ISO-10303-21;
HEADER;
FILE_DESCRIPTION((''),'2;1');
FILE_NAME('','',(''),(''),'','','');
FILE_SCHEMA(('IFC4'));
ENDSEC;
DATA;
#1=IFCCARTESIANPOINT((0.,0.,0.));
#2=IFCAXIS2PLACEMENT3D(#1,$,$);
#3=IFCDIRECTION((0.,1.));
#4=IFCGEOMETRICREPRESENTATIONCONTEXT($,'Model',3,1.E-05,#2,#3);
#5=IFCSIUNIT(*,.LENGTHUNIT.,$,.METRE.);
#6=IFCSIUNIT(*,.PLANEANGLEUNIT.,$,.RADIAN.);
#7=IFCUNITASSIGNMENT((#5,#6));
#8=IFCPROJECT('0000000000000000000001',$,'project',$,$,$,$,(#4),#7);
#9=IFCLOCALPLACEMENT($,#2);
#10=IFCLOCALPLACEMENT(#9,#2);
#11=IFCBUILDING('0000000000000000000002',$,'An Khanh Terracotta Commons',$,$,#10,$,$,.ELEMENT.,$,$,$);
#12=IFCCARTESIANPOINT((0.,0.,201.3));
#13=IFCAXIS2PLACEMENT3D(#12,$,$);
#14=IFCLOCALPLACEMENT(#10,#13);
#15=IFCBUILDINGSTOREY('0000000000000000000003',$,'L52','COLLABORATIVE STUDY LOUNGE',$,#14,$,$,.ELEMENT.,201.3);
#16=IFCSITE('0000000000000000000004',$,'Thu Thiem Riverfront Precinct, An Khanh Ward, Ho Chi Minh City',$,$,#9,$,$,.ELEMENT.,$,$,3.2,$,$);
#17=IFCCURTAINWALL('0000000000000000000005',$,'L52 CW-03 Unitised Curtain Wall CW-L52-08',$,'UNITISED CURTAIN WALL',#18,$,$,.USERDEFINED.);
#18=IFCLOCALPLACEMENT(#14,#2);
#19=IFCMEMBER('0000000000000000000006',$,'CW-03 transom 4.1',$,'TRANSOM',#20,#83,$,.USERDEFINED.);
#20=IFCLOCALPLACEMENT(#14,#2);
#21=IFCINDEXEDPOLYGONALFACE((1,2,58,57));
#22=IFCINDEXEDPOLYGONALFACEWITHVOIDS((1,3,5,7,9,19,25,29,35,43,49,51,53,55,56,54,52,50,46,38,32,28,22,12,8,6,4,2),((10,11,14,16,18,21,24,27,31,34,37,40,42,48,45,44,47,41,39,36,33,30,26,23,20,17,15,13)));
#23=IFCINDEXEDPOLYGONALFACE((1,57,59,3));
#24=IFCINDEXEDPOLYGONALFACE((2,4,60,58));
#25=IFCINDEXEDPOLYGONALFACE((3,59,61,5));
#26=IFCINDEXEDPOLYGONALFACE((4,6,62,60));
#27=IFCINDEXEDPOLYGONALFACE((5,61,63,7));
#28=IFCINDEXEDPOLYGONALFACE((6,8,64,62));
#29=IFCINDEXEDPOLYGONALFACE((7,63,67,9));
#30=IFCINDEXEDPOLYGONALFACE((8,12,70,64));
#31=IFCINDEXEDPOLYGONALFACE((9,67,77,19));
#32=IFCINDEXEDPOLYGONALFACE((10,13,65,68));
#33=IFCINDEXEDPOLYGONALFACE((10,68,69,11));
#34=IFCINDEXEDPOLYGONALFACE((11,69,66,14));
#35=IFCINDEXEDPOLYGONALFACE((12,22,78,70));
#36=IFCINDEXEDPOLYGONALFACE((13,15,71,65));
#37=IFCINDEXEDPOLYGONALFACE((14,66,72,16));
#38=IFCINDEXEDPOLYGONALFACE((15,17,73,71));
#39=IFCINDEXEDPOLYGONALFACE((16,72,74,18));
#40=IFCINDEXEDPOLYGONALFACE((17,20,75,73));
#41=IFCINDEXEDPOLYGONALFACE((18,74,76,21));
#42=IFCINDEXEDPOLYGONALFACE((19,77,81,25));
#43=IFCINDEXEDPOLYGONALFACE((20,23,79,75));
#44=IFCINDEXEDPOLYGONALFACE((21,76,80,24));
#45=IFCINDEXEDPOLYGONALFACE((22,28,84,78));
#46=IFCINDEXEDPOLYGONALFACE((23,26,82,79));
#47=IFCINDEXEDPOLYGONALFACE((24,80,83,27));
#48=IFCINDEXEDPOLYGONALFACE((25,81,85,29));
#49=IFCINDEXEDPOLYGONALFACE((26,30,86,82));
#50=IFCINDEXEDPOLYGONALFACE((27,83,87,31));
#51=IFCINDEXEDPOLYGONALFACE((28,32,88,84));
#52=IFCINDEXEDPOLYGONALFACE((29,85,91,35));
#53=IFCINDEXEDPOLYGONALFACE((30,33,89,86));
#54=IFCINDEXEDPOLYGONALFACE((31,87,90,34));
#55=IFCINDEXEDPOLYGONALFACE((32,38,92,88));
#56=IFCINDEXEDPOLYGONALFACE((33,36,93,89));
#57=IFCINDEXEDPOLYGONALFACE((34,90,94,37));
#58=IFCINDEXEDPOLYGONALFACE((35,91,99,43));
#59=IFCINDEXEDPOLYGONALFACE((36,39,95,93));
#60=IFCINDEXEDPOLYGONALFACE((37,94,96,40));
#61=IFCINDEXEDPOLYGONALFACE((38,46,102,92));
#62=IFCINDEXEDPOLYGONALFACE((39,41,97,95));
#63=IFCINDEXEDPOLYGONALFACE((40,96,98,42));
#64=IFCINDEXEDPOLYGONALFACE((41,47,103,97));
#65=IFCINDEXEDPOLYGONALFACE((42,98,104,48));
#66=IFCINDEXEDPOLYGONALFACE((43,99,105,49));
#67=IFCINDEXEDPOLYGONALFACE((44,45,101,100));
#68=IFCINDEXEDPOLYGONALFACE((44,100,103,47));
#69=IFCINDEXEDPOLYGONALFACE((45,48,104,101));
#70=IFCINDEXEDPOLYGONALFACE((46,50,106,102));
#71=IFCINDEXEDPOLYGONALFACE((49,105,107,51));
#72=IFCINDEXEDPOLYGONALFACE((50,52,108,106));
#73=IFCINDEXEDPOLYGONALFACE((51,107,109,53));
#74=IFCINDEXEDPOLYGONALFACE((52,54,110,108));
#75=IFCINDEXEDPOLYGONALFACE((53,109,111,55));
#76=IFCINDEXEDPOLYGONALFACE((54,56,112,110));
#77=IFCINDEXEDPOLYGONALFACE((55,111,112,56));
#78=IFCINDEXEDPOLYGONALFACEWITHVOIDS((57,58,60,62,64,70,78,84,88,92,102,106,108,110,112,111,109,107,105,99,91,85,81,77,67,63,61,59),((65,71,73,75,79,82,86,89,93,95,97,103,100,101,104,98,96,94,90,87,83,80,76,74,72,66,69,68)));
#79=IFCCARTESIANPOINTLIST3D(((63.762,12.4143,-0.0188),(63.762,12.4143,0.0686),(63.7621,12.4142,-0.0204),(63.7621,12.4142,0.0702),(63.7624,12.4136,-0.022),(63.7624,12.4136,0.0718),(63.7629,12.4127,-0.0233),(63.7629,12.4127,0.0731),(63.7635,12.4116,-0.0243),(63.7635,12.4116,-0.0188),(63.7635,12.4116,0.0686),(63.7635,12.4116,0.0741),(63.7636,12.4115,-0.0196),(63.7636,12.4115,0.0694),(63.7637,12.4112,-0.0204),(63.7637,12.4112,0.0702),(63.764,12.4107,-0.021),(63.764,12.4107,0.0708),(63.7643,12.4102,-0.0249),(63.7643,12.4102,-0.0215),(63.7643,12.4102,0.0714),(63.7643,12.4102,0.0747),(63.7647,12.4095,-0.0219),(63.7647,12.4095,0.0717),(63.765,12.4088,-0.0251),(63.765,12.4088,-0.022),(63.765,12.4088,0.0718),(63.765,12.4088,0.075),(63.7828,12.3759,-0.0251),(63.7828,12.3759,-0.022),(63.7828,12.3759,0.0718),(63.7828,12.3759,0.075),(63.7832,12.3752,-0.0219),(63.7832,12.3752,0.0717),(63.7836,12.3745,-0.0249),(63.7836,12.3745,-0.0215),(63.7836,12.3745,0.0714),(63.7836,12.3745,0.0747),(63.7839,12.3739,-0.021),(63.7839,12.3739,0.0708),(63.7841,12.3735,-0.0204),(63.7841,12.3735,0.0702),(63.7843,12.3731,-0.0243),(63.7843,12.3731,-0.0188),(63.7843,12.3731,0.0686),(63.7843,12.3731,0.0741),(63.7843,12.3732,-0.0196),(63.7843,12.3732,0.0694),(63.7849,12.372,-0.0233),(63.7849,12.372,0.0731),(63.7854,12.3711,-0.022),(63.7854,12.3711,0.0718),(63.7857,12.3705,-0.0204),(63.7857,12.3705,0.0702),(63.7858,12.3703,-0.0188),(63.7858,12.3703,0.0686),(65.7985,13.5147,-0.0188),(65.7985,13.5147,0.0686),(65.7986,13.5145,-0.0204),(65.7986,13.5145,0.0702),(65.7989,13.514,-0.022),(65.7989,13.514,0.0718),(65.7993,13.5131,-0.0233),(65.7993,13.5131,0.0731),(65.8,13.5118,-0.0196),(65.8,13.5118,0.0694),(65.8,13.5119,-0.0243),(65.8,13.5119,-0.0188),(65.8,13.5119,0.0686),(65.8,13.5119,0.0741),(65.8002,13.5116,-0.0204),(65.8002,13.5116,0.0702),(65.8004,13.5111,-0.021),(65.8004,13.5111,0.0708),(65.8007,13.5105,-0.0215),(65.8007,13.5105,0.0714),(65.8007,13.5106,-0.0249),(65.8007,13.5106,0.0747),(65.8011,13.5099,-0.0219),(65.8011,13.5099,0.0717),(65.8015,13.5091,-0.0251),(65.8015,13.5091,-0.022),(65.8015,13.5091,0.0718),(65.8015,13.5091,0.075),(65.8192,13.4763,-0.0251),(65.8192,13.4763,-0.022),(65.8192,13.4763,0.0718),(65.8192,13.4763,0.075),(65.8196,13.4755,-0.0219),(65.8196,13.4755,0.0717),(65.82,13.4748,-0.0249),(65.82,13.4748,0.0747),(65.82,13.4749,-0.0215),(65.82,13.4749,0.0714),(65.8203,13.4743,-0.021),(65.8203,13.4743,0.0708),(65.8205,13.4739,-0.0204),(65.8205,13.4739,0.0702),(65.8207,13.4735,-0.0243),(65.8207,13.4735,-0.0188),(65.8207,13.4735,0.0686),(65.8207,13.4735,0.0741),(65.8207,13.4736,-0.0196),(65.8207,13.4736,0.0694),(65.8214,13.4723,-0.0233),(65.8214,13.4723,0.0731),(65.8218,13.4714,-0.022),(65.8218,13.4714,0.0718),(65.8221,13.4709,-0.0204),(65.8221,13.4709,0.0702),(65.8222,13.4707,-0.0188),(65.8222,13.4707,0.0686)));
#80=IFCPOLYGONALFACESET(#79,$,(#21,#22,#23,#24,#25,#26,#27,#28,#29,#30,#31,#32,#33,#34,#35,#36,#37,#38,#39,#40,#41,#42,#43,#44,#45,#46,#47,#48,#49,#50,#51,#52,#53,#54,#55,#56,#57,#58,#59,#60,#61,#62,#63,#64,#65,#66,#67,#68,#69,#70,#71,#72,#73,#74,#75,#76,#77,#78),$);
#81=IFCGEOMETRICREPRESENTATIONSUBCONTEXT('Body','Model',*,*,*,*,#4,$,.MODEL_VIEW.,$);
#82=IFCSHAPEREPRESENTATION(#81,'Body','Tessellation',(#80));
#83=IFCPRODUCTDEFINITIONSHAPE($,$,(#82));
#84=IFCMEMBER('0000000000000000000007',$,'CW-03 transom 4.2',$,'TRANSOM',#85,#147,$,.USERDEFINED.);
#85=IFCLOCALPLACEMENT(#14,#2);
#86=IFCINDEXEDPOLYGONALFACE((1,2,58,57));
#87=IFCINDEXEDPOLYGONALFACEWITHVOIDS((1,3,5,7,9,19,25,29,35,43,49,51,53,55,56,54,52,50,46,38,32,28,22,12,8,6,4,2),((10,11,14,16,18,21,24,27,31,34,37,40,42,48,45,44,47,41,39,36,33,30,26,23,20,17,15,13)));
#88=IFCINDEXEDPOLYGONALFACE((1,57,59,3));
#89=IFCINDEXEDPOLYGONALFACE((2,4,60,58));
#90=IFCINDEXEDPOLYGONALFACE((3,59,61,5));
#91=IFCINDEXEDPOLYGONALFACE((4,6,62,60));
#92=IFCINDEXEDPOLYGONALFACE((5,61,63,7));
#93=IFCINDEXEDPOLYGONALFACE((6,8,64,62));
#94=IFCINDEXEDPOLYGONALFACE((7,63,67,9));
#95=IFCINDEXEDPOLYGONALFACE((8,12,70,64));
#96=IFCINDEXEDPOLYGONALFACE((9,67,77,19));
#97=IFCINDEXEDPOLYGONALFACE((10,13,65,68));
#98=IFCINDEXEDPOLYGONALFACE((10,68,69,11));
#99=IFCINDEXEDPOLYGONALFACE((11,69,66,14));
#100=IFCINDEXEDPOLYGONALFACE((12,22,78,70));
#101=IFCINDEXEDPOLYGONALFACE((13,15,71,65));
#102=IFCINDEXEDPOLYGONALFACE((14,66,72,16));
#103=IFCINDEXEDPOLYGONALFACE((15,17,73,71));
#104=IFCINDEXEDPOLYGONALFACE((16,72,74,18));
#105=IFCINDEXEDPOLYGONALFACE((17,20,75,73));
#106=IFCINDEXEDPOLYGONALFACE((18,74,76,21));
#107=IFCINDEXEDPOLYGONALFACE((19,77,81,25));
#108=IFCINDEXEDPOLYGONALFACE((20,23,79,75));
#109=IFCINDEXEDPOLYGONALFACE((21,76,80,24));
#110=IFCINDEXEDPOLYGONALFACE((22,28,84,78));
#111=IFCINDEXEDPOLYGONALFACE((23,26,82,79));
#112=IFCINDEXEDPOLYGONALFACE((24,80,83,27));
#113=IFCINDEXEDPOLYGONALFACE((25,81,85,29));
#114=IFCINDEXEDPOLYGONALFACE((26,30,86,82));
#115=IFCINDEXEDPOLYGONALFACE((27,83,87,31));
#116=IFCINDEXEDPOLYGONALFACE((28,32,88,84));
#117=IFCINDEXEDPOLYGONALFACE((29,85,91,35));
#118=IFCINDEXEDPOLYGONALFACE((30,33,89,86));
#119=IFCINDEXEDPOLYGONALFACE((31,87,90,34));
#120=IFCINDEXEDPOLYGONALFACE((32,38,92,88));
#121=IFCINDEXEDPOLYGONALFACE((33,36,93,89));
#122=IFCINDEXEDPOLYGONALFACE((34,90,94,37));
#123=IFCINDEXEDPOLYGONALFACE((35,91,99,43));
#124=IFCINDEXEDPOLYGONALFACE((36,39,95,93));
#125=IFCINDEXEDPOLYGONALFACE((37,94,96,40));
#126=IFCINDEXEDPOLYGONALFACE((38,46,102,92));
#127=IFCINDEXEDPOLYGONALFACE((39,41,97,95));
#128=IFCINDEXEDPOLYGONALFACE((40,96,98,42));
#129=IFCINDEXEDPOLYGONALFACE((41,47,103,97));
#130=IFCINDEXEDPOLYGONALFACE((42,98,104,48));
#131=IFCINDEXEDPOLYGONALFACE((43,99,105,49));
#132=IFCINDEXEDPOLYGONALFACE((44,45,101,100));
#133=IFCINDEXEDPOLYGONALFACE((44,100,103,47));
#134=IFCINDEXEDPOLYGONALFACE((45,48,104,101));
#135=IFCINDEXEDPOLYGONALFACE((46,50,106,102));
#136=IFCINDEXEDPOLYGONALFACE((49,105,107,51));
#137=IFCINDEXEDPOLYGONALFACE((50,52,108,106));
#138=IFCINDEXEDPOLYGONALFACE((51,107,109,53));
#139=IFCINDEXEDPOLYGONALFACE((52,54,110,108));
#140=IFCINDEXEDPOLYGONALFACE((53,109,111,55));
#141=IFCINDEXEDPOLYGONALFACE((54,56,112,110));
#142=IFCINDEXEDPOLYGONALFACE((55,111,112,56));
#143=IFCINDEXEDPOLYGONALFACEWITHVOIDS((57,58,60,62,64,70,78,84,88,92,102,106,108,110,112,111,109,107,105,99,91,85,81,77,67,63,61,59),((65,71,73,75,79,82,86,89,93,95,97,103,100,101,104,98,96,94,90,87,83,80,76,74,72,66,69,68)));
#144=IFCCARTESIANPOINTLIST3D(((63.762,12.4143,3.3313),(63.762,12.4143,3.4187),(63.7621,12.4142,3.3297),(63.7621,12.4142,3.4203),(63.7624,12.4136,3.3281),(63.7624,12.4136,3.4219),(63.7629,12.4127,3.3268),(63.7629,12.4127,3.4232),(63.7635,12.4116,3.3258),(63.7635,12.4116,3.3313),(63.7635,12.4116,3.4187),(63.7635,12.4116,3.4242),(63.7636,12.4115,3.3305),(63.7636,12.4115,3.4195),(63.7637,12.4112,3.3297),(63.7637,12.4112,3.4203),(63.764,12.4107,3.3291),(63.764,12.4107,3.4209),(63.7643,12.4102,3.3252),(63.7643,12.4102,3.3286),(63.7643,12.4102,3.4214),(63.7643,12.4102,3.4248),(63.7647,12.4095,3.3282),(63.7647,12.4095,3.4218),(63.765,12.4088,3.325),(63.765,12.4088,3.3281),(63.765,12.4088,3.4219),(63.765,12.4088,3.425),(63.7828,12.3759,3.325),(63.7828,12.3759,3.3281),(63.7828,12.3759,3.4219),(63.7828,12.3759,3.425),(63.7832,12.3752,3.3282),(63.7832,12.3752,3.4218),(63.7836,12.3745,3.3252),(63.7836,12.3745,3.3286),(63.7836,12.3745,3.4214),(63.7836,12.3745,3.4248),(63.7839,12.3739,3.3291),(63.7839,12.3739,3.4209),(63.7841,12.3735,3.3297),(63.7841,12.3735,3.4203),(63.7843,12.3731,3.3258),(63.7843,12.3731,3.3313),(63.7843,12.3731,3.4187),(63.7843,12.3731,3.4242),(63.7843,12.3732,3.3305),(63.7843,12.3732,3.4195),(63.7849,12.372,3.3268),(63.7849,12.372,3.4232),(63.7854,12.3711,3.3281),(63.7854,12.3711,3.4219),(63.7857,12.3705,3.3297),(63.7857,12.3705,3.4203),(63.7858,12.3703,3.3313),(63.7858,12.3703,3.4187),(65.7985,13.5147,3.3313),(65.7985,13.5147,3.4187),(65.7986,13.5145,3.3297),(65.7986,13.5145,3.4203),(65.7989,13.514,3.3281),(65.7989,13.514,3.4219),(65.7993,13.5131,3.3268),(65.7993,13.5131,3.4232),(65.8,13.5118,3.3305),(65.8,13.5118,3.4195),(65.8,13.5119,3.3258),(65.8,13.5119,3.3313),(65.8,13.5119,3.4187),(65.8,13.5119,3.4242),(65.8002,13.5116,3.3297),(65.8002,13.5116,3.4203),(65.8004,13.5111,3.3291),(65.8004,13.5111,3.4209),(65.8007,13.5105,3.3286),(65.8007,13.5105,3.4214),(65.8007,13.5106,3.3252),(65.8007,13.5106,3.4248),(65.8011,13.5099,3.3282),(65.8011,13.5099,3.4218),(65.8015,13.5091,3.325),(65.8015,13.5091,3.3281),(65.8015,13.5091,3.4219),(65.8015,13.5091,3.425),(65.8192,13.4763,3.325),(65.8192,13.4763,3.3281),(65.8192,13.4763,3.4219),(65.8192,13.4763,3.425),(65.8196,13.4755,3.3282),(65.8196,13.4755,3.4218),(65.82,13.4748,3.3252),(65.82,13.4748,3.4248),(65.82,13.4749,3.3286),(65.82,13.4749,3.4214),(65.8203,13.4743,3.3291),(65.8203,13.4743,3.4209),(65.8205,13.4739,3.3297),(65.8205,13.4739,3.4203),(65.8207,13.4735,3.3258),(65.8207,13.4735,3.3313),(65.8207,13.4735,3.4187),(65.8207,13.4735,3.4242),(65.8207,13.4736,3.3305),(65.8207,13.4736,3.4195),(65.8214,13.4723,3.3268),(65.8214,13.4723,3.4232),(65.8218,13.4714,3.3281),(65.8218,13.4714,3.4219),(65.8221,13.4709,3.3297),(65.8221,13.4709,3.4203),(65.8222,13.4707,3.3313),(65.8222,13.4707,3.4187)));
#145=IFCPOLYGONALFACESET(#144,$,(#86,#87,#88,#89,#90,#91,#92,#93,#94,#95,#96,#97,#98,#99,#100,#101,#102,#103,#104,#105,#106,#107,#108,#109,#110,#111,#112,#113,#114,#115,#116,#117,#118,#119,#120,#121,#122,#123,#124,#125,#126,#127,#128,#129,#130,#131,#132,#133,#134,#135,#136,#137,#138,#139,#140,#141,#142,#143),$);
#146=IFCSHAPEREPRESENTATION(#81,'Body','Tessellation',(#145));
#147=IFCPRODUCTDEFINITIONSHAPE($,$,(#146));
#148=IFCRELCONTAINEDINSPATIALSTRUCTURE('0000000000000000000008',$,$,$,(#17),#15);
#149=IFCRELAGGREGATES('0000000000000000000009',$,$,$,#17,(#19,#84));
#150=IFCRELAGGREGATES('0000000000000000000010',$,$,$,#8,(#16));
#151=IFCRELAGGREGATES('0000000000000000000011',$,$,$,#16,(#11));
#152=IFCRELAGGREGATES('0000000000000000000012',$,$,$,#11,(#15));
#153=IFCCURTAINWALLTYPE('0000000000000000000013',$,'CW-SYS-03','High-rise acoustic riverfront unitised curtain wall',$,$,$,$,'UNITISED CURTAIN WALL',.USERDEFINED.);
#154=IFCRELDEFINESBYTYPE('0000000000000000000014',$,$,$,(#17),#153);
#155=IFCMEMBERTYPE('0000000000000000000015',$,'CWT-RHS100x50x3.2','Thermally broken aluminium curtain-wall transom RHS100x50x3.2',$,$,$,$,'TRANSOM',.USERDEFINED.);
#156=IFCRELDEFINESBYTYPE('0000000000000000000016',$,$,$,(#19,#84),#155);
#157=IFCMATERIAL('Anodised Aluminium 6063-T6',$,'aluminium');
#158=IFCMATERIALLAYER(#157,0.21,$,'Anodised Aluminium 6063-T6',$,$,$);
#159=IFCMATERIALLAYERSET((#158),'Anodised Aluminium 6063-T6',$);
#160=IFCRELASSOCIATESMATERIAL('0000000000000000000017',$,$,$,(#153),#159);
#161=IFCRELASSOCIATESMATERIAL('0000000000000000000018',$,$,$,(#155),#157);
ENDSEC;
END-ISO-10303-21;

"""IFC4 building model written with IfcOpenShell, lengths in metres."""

from ifc_helpers import new_model, si_unit, direction, frame, origin, origin_2d, place, context, subcontext, project, spatial, hollow_rectangle, extrude, material, layer, layer_set, material_profile, profile_set, type_object, element, aggregate, save


model = new_model("IFC4")

# Units and contexts
model_context = context("Model", 3, precision=1e-05, world=origin(), true_north=direction((0.0, 1.0)))
body_context = subcontext(model_context, "Body", "Model", "MODEL_VIEW")
ifc_project = project(units=[si_unit("LENGTHUNIT", "METRE"), si_unit("PLANEANGLEUNIT", "RADIAN")], contexts=[model_context])

# Site, building, storey
site_placement = place(None, origin())
site = spatial("IfcSite", under=ifc_project, at=site_placement, Name="Thu Thiem Riverfront Precinct, An Khanh Ward, Ho Chi Minh City", CompositionType="ELEMENT", RefElevation=3.2)
building_placement = place(site_placement, origin())
building = spatial("IfcBuilding", under=site, at=building_placement, Name="An Khanh Terracotta Commons", CompositionType="ELEMENT")
storey_placement = place(building_placement, frame((0.0, 0.0, 201.3)))
storey = spatial("IfcBuildingStorey", under=building, at=storey_placement, Name="L52", Description="COLLABORATIVE STUDY LOUNGE", CompositionType="ELEMENT", Elevation=201.3)

# Curtain wall
ifc_material_1 = material(Name="Anodised Aluminium 6063-T6", Category="aluminium")
ifc_layer_1 = layer(ifc_material_1, 0.21, Name="Anodised Aluminium 6063-T6")
ifc_layer_set_1 = layer_set([ifc_layer_1], Name="Anodised Aluminium 6063-T6")
curtain_wall_type = type_object("IfcCurtainWallType", Name="CW-SYS-03", Description="High-rise acoustic riverfront unitised curtain wall", ElementType="UNITISED CURTAIN WALL", PredefinedType="USERDEFINED", material=ifc_layer_set_1)
curtain_wall_1_placement = place(storey_placement, origin())
curtain_wall_1 = element("IfcCurtainWall", 1, at=curtain_wall_1_placement, inside=storey, type_object=curtain_wall_type, Name="L52 CW-03 Unitised Curtain Wall CW-L52-08", ObjectType="UNITISED CURTAIN WALL", PredefinedType="USERDEFINED")

# Members
ifc_material_profile_1 = material_profile(ifc_material_1, hollow_rectangle(XDim=0.05, YDim=0.1001, WallThickness=0.0032, InnerFilletRadius=0.0032, OuterFilletRadius=0.0063, at=origin_2d()), Name="RHS100x50x3.2")
ifc_profile_set_1 = profile_set([ifc_material_profile_1], Name="Anodised Aluminium 6063-T6")
member_type_1 = type_object("IfcMemberType", Name="CWT-RHS100x50x3.2", Description="Thermally broken aluminium curtain-wall transom RHS100x50x3.2", ElementType="TRANSOM", PredefinedType="USERDEFINED", material=ifc_profile_set_1)
member_1_placement = place(storey_placement, frame((63.7739, 12.3923, 0.0249), z_axis=(0.879779, 0.475382, 0.0), x_axis=(-0.475382, 0.879779, 0.0)))
member_1 = element("IfcMember", 2, at=member_1_placement, type_object=member_type_1, Name="CW-03 transom 4.1", ObjectType="TRANSOM", PredefinedType="USERDEFINED", context=body_context, shape_type="SweptSolid", body=[
    extrude(hollow_rectangle(XDim=0.05, YDim=0.1001, WallThickness=0.0032, InnerFilletRadius=0.0032, OuterFilletRadius=0.0063, at=origin_2d()), origin(), (0.0, 0.0, 1.0), 2.3147),
])
member_2_placement = place(storey_placement, frame((63.7739, 12.3923, 3.375), z_axis=(0.879779, 0.475382, 0.0), x_axis=(-0.475382, 0.879779, 0.0)))
member_2 = element("IfcMember", 3, at=member_2_placement, type_object=member_type_1, Name="CW-03 transom 4.2", ObjectType="TRANSOM", PredefinedType="USERDEFINED", context=body_context, shape_type="SweptSolid", body=[
    extrude(hollow_rectangle(XDim=0.05, YDim=0.1001, WallThickness=0.0032, InnerFilletRadius=0.0032, OuterFilletRadius=0.0063, at=origin_2d()), origin(), (0.0, 0.0, 1.0), 2.3147),
])

aggregate(curtain_wall_1, [member_1, member_2])

save(model, "model.ifc")
